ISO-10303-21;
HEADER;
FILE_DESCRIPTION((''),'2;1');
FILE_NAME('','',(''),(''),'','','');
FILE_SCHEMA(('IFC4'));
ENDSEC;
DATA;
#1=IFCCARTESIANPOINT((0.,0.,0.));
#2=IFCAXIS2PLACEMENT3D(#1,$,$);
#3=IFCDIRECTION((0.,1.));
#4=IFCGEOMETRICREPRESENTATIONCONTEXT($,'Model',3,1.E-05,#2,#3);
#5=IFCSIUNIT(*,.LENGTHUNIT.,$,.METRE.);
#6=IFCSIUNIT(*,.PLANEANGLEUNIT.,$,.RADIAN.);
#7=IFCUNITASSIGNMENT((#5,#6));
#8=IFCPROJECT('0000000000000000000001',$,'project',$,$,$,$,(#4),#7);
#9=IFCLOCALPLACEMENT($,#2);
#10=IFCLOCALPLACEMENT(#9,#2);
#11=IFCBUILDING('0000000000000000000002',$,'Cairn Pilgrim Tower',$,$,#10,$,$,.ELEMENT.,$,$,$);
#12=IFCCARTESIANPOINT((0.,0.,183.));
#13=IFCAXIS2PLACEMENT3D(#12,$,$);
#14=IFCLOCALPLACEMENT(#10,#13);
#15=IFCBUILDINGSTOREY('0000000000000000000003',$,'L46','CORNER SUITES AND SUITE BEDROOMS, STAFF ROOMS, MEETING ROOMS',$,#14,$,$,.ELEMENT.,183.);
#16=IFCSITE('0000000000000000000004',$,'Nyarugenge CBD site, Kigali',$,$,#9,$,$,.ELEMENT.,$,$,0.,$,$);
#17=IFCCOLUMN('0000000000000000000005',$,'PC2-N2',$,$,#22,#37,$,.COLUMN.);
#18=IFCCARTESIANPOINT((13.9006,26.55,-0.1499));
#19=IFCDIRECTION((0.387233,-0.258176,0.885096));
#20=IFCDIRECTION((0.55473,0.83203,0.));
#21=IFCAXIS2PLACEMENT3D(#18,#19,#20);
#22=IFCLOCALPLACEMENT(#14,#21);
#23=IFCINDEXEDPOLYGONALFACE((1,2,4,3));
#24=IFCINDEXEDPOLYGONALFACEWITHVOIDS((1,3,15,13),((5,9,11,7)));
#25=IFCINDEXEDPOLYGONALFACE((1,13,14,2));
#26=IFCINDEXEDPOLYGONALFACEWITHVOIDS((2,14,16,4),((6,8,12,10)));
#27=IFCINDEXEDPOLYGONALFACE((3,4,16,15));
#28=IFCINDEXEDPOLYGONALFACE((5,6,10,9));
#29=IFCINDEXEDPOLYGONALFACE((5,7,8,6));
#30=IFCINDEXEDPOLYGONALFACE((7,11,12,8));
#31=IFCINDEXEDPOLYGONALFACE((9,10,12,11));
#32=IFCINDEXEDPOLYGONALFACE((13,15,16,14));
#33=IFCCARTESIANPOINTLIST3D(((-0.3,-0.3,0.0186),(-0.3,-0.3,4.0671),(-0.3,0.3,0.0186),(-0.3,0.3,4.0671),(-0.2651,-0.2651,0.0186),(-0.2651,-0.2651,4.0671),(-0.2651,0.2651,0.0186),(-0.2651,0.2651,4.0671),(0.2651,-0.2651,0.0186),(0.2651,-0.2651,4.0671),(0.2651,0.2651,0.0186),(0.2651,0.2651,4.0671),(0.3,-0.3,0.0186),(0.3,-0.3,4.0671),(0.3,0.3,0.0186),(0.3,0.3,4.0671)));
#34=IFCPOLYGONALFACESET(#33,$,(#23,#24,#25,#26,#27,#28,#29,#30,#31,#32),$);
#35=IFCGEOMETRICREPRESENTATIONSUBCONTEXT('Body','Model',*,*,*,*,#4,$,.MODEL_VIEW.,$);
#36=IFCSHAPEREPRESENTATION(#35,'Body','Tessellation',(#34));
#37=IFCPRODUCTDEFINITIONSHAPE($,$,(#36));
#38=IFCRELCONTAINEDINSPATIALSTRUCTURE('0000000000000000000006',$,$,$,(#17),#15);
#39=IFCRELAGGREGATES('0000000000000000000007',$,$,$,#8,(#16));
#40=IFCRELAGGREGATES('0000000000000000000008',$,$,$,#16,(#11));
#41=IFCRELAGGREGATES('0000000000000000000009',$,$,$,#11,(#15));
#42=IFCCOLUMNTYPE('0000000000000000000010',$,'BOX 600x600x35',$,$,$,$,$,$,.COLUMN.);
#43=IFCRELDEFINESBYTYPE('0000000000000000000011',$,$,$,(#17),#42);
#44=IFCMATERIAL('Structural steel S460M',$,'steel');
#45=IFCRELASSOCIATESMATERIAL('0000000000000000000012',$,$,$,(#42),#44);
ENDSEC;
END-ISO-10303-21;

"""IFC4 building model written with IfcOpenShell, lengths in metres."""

from ifc_helpers import new_model, si_unit, direction, frame, origin, origin_2d, place, context, subcontext, project, spatial, hollow_rectangle, extrude, clip, halfspace, material, material_profile, profile_set, type_object, element, save


model = new_model("IFC4")

# Units and contexts
model_context = context("Model", 3, precision=1e-05, world=origin(), true_north=direction((0.0, 1.0)))
body_context = subcontext(model_context, "Body", "Model", "MODEL_VIEW")
ifc_project = project(units=[si_unit("LENGTHUNIT", "METRE"), si_unit("PLANEANGLEUNIT", "RADIAN")], contexts=[model_context])

# Site, building, storey
site_placement = place(None, origin())
site = spatial("IfcSite", under=ifc_project, at=site_placement, Name="Nyarugenge CBD site, Kigali", CompositionType="ELEMENT", RefElevation=0.0)
building_placement = place(site_placement, origin())
building = spatial("IfcBuilding", under=site, at=building_placement, Name="Cairn Pilgrim Tower", CompositionType="ELEMENT")
storey_placement = place(building_placement, frame((0.0, 0.0, 183.0)))
storey = spatial("IfcBuildingStorey", under=building, at=storey_placement, Name="L46", Description="CORNER SUITES AND SUITE BEDROOMS, STAFF ROOMS, MEETING ROOMS", CompositionType="ELEMENT", Elevation=183.0)

# Column
ifc_material_1 = material(Name="Structural steel S460M", Category="steel")
ifc_material_profile_1 = material_profile(ifc_material_1, hollow_rectangle(XDim=0.6001, YDim=0.6001, WallThickness=0.0349, at=origin_2d()), Name="BOX 600x600x35")
ifc_profile_set_1 = profile_set([ifc_material_profile_1], Name="Structural steel S460M")
column_type = type_object("IfcColumnType", Name="BOX 600x600x35", PredefinedType="COLUMN", material=ifc_profile_set_1)
column_placement = place(storey_placement, frame((13.9006, 26.55, -0.1499), z_axis=(0.387233, -0.258176, 0.885096), x_axis=(0.55473, 0.83203, 0.0)))
element("IfcColumn", 1, at=column_placement, inside=storey, type_object=column_type, Name="PC2-N2", PredefinedType="COLUMN", context=body_context, shape_type="Clipping", body=[
    clip(extrude(hollow_rectangle(XDim=0.6001, YDim=0.6001, WallThickness=0.0349, at=origin_2d()), origin(), (0.0, 0.0, 1.0), 4.0671), halfspace(frame((0.0, 0.0, 0.0186), z_axis=(0.0, 0.0, 1.0), x_axis=(1.0, 0.0, 0.0)), True)),
])

save(model, "model.ifc")
